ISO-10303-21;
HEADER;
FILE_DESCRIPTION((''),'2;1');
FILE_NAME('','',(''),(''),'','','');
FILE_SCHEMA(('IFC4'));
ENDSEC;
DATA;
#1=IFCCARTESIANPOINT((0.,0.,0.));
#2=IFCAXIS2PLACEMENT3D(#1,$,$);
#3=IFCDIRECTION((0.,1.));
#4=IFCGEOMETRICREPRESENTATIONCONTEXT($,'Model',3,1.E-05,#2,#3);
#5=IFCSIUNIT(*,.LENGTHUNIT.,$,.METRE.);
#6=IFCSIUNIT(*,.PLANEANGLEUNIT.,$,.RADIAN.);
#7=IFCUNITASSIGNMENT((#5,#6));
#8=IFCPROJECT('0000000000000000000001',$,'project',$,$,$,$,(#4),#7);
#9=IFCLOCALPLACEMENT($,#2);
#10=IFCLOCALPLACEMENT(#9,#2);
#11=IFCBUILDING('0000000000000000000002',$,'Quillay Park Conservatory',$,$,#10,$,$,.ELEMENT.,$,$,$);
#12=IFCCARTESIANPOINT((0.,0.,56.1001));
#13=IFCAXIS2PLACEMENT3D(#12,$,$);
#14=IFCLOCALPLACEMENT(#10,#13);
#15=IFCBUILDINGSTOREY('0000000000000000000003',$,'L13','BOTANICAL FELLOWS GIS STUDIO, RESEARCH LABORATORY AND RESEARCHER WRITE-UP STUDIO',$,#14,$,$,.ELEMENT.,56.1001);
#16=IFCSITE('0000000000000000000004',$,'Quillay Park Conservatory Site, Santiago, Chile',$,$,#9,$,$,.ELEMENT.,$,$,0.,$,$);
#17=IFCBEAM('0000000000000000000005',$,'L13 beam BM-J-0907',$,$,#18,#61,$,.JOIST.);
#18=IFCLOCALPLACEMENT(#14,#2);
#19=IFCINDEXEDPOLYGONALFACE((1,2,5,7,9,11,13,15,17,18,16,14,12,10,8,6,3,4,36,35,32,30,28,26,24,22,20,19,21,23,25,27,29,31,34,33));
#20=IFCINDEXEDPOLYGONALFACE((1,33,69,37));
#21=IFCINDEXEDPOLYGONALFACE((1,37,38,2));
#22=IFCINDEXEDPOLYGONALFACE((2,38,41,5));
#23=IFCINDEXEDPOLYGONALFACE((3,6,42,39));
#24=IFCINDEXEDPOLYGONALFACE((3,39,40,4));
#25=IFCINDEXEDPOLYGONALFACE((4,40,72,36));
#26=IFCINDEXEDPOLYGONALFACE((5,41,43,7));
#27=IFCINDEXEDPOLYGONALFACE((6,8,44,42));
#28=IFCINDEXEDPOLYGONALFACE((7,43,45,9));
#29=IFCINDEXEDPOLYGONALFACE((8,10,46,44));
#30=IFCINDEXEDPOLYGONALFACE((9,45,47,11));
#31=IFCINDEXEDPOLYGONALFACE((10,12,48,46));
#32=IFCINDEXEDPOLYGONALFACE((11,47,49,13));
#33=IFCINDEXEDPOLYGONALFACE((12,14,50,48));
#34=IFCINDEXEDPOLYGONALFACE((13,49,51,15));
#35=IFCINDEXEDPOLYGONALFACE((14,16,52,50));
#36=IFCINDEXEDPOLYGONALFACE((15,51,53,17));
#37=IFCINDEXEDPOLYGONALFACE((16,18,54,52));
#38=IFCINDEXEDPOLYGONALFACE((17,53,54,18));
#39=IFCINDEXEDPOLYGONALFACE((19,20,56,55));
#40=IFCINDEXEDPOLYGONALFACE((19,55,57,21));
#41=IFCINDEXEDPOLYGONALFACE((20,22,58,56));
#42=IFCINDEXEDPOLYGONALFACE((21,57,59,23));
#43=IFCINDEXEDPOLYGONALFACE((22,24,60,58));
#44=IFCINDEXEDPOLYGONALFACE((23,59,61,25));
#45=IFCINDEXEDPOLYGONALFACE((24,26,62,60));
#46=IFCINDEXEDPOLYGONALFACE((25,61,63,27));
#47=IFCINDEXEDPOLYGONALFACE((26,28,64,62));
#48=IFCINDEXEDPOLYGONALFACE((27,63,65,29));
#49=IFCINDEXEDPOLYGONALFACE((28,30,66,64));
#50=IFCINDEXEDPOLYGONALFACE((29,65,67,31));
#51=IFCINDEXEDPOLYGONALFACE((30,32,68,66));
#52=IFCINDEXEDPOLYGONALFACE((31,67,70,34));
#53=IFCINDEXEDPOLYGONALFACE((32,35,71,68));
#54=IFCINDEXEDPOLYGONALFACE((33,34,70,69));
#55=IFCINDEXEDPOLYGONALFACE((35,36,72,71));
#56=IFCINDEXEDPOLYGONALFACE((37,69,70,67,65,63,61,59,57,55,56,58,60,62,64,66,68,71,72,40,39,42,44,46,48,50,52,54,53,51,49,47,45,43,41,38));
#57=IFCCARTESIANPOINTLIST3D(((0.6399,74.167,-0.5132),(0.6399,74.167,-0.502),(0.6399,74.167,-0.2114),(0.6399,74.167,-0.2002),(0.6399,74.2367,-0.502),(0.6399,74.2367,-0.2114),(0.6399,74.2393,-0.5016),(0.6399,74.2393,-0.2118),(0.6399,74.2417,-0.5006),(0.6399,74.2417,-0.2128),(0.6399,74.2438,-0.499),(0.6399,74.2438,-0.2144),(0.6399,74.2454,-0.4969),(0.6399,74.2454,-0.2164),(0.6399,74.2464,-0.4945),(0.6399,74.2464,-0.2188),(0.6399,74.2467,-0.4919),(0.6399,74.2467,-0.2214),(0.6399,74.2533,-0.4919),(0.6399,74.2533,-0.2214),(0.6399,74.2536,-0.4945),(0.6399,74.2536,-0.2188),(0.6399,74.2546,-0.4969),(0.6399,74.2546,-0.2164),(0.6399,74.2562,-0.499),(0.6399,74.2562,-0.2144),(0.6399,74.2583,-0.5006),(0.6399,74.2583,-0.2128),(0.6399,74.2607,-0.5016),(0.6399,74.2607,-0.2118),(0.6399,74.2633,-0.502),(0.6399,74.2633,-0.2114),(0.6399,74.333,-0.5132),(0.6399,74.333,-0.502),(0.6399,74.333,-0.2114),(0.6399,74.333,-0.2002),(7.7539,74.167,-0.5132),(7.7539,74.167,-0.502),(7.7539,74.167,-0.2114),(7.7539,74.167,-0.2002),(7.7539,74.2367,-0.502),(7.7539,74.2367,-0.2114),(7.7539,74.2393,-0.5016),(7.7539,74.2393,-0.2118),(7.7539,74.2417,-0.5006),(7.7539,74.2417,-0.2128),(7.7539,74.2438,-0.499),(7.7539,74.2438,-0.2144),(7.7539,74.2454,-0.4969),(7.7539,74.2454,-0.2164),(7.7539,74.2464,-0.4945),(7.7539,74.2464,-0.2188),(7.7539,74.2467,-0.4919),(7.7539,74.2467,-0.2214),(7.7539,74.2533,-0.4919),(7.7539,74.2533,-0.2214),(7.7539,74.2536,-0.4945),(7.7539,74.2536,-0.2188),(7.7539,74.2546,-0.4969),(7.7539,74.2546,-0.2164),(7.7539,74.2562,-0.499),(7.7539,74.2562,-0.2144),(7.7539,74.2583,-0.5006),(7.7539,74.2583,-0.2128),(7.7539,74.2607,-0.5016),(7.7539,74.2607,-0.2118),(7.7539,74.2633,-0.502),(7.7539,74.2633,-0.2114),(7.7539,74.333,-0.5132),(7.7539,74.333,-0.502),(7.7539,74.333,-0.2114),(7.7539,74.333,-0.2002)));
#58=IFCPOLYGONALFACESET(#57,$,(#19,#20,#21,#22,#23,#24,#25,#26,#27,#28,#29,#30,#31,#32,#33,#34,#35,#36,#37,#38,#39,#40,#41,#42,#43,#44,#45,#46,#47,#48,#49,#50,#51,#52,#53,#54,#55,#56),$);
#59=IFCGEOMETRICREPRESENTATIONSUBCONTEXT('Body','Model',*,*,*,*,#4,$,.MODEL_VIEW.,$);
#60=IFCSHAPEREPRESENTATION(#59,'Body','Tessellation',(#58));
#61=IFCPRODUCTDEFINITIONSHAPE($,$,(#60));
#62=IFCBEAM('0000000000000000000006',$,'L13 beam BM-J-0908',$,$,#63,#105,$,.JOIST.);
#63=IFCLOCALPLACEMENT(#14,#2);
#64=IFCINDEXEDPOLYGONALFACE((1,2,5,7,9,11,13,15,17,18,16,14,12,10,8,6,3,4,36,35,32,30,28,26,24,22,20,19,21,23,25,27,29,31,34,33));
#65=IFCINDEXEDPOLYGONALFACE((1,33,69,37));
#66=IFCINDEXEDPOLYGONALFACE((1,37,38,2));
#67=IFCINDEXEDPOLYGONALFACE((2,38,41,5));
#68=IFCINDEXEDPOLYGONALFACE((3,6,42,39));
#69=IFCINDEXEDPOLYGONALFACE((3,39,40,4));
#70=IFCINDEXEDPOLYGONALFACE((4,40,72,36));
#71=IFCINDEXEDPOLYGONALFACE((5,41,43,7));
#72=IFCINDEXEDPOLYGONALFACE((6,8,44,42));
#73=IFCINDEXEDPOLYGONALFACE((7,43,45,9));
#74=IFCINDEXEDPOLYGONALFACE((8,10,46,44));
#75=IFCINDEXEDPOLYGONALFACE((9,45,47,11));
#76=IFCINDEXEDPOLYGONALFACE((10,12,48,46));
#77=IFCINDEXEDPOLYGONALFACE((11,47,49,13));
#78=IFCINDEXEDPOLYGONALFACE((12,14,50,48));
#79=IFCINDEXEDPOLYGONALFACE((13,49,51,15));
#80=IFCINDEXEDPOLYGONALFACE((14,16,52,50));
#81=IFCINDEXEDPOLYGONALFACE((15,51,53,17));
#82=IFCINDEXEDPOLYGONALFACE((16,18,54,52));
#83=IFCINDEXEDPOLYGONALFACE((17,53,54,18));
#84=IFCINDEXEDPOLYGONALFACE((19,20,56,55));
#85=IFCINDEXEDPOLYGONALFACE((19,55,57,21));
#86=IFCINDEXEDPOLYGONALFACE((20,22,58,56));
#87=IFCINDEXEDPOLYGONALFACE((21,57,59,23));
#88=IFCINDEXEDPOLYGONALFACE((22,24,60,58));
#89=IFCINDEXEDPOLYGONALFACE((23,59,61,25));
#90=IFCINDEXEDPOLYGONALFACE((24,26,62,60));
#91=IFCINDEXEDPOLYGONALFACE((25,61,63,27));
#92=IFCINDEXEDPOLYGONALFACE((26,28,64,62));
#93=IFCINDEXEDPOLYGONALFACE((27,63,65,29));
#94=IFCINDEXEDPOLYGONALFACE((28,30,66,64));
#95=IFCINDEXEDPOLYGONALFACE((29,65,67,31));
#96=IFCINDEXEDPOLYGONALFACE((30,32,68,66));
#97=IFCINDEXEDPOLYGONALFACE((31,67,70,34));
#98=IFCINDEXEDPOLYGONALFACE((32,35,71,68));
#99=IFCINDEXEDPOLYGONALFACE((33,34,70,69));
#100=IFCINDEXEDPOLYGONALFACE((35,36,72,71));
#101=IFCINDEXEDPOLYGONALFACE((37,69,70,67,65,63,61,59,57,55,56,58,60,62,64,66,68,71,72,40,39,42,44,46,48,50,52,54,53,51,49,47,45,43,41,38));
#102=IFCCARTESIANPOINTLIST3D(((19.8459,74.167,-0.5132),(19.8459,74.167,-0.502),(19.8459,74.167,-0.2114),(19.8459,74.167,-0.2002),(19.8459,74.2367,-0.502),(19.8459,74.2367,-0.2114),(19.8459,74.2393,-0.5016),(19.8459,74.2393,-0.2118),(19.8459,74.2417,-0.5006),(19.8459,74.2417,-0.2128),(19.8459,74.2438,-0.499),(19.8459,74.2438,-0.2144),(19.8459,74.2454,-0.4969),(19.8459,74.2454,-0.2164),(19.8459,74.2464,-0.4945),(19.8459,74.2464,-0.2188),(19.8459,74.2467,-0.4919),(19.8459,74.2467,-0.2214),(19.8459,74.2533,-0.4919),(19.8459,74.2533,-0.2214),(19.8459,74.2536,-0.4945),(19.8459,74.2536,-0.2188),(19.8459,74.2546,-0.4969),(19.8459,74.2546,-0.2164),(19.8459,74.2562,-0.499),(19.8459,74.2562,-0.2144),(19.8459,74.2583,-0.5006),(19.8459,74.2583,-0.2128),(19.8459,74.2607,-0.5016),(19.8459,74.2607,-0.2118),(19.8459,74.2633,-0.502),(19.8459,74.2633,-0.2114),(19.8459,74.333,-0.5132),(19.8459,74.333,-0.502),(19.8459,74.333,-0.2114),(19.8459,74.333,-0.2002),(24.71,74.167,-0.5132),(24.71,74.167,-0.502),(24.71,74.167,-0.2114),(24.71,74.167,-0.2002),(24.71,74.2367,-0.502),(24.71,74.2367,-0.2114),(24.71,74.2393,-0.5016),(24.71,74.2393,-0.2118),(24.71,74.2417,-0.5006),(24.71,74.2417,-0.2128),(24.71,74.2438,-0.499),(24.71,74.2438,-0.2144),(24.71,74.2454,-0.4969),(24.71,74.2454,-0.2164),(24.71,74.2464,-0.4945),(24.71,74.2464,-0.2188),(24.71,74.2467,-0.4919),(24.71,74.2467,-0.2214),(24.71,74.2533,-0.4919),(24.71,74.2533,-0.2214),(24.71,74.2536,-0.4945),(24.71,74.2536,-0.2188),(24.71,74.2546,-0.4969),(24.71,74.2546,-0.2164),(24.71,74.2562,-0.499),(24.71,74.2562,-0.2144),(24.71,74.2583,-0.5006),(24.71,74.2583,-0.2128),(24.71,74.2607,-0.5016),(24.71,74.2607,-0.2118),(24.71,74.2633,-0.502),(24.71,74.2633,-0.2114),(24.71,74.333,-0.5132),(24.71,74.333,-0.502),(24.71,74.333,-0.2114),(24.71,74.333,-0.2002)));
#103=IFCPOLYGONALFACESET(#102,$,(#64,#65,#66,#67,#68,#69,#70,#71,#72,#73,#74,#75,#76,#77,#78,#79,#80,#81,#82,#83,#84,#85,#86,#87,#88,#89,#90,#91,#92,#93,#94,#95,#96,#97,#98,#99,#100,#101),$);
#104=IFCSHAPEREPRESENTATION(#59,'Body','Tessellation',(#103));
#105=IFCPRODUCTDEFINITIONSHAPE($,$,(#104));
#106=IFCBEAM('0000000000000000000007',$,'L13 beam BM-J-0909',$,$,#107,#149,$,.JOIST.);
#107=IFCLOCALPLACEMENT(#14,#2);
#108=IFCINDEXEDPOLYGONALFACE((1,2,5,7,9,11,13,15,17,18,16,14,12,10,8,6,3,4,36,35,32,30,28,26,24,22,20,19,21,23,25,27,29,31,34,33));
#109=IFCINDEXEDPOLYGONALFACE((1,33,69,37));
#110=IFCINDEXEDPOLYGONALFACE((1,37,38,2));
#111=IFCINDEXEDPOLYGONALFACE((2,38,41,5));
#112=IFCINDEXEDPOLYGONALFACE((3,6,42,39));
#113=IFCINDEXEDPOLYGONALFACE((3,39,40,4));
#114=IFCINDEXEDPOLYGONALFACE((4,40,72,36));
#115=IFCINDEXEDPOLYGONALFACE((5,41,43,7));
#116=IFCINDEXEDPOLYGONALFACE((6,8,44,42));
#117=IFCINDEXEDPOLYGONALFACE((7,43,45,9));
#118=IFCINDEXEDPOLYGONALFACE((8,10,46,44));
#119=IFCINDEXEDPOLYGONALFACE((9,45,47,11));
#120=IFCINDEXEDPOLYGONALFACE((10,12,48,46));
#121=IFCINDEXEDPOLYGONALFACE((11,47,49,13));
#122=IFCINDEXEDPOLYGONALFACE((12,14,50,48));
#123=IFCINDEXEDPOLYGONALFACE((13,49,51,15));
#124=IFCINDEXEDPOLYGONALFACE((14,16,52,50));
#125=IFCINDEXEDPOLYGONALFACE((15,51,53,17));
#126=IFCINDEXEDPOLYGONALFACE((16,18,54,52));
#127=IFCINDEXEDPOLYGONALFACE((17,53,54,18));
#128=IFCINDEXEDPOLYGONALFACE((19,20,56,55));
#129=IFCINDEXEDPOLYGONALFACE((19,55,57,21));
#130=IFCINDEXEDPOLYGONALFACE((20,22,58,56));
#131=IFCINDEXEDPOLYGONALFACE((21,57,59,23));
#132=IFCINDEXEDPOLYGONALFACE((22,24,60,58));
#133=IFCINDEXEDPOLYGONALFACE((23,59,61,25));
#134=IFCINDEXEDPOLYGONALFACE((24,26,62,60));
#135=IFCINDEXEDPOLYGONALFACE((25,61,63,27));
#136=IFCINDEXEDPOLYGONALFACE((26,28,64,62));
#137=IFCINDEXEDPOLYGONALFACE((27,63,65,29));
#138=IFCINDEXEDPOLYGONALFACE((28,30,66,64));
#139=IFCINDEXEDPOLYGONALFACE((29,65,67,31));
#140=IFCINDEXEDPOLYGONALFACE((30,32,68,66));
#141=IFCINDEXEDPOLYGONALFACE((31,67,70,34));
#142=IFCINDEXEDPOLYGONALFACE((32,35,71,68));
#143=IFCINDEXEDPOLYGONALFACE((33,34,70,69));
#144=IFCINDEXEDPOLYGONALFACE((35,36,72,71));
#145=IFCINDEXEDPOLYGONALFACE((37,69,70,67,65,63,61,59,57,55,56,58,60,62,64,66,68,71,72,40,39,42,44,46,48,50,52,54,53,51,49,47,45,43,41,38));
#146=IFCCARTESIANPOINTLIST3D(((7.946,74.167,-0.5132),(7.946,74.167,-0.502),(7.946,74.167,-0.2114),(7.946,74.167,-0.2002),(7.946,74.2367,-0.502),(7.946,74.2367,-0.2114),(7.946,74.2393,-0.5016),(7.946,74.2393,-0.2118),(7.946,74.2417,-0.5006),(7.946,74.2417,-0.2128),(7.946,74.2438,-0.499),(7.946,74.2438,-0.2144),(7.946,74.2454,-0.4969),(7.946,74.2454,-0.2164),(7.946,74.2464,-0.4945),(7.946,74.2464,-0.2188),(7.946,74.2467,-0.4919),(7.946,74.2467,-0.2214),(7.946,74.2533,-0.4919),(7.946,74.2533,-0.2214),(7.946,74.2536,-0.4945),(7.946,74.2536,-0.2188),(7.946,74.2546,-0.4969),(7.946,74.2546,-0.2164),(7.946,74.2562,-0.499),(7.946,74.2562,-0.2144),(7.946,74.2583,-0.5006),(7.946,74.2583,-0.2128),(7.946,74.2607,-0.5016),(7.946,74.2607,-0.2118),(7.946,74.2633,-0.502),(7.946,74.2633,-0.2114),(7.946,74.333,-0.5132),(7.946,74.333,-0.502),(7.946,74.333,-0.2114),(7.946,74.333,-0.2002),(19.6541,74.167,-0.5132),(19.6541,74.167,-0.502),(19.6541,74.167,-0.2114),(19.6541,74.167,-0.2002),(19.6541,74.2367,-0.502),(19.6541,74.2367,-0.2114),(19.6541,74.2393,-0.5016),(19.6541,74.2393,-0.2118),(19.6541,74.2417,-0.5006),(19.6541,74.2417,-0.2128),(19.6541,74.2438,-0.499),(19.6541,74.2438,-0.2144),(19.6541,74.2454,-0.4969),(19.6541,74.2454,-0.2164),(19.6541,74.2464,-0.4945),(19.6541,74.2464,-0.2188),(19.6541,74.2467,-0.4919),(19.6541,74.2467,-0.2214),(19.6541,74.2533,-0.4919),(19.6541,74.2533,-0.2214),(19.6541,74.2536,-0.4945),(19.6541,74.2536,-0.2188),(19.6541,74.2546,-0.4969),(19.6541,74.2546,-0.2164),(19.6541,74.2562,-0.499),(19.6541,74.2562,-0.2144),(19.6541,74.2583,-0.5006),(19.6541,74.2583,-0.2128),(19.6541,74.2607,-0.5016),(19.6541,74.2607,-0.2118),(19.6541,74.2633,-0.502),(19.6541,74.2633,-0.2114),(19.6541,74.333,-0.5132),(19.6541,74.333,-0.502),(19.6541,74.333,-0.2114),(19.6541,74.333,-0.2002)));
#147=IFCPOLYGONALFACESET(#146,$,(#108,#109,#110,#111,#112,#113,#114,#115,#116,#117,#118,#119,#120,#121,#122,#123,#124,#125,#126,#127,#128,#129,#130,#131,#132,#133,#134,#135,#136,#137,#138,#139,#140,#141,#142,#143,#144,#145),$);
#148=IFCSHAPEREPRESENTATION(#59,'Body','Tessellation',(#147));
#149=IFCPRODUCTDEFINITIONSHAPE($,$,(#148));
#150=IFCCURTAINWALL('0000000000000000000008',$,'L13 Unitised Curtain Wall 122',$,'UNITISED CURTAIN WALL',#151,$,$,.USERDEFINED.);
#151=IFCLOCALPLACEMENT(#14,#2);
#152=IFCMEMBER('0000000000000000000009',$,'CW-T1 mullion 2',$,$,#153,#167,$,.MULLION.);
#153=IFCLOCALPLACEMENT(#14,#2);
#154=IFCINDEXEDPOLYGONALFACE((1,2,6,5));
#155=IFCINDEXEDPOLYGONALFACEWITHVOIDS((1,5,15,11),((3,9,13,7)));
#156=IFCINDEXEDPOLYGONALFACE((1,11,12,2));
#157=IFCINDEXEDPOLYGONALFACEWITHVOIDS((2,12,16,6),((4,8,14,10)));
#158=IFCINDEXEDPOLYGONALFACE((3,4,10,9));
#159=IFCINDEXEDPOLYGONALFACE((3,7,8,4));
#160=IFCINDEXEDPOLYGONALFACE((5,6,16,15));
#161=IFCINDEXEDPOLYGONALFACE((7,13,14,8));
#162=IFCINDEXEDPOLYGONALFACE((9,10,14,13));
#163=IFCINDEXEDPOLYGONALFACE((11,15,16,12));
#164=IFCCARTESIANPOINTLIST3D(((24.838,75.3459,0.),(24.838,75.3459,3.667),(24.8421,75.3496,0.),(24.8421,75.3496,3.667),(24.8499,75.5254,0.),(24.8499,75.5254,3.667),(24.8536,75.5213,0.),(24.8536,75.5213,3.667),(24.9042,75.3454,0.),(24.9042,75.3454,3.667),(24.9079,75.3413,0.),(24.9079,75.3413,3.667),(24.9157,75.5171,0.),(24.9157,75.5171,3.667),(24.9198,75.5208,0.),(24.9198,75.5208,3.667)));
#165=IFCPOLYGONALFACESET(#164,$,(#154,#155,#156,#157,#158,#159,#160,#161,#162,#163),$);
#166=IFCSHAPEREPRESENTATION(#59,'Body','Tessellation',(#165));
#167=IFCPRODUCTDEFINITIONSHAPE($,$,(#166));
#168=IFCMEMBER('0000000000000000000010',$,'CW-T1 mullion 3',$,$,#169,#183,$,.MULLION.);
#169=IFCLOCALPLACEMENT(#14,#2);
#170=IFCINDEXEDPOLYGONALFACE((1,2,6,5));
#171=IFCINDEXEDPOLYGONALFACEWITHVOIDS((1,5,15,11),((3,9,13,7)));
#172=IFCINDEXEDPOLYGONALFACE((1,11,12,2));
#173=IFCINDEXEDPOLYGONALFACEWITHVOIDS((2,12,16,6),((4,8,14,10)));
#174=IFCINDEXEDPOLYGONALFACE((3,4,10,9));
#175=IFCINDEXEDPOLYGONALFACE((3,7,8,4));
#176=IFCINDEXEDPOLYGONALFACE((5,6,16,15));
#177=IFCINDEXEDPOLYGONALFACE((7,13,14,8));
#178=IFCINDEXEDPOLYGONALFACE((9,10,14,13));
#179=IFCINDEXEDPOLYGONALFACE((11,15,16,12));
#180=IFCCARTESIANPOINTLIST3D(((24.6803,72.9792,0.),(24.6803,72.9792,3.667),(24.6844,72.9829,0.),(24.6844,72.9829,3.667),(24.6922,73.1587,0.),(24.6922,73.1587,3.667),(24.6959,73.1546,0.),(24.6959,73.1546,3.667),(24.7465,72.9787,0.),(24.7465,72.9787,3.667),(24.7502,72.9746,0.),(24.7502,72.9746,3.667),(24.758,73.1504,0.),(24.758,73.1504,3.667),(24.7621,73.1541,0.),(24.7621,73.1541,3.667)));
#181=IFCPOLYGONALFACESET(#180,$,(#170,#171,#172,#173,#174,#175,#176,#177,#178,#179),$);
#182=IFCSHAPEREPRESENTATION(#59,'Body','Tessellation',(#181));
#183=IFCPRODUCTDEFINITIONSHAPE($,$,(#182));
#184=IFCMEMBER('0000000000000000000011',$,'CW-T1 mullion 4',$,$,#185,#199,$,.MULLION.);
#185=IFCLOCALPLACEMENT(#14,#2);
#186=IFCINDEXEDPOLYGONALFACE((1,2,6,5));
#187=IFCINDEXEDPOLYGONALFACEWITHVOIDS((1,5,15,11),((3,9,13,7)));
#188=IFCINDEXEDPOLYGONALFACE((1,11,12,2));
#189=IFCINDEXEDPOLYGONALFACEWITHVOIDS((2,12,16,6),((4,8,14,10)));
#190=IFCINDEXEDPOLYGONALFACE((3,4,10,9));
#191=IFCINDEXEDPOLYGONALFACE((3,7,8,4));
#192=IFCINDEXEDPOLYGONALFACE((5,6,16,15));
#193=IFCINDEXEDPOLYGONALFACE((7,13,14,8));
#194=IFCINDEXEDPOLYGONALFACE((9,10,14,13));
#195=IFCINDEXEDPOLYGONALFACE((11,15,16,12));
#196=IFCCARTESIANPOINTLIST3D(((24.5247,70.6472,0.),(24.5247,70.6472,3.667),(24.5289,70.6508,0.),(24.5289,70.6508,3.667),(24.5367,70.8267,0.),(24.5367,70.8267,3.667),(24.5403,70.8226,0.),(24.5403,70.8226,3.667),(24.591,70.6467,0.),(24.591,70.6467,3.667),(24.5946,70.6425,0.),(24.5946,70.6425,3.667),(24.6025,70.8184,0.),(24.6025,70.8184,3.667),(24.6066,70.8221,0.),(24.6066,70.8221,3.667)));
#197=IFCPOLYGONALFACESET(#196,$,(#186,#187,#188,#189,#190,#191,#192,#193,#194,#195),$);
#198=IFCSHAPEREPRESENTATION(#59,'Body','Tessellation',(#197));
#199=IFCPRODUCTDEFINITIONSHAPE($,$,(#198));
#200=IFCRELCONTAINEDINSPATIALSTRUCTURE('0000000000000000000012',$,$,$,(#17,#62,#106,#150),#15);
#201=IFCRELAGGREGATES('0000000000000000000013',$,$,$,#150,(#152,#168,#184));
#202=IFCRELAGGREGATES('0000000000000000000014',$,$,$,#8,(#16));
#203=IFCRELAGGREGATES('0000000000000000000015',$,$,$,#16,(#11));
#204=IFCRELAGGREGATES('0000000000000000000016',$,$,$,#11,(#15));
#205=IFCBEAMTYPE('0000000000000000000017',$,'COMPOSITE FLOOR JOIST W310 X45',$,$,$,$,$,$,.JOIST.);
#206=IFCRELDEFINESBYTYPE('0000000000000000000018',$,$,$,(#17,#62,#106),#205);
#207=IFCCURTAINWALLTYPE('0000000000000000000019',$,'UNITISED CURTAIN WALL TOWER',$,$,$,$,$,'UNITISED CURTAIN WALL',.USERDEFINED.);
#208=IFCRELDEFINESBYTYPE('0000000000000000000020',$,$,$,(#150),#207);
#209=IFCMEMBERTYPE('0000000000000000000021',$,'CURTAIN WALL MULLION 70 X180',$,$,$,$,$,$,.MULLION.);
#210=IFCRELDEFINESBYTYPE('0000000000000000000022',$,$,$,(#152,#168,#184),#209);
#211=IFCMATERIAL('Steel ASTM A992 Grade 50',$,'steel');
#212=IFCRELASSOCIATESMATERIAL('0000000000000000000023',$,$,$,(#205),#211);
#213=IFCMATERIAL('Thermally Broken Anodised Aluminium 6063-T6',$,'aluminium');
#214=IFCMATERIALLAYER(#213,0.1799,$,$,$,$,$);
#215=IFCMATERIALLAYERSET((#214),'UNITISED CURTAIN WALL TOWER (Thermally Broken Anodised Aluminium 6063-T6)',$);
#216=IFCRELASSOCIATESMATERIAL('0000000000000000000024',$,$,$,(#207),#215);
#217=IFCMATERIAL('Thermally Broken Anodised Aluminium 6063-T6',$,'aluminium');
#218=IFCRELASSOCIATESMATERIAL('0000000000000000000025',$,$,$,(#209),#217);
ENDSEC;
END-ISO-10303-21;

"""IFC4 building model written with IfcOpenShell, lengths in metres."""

from ifc_helpers import new_model, si_unit, direction, frame, origin, origin_2d, place, context, subcontext, project, spatial, hollow_rectangle, i_section, extrude, material, layer, layer_set, material_profile, profile_set, type_object, element, aggregate, save


model = new_model("IFC4")

# Units and contexts
model_context = context("Model", 3, precision=1e-05, world=origin(), true_north=direction((0.0, 1.0)))
body_context = subcontext(model_context, "Body", "Model", "MODEL_VIEW")
ifc_project = project(units=[si_unit("LENGTHUNIT", "METRE"), si_unit("PLANEANGLEUNIT", "RADIAN")], contexts=[model_context])

# Site, building, storey
site_placement = place(None, origin())
site = spatial("IfcSite", under=ifc_project, at=site_placement, Name="Quillay Park Conservatory Site, Santiago, Chile", CompositionType="ELEMENT", RefElevation=0.0)
building_placement = place(site_placement, origin())
building = spatial("IfcBuilding", under=site, at=building_placement, Name="Quillay Park Conservatory", CompositionType="ELEMENT")
storey_placement = place(building_placement, frame((0.0, 0.0, 56.1001)))
storey = spatial("IfcBuildingStorey", under=building, at=storey_placement, Name="L13", Description="BOTANICAL FELLOWS GIS STUDIO, RESEARCH LABORATORY AND RESEARCHER WRITE-UP STUDIO", CompositionType="ELEMENT", Elevation=56.1001)

# Beams
ifc_material_1 = material(Name="Steel ASTM A992 Grade 50", Category="steel")
ifc_material_profile_1 = material_profile(ifc_material_1, i_section(OverallWidth=0.166, OverallDepth=0.313, WebThickness=0.0066, FlangeThickness=0.0112, FilletRadius=0.01, at=origin_2d()), Name="W310x45")
ifc_profile_set_1 = profile_set([ifc_material_profile_1], Name="Steel ASTM A992 Grade 50")
beam_type_1 = type_object("IfcBeamType", Name="COMPOSITE FLOOR JOIST W310 X45", PredefinedType="JOIST", material=ifc_profile_set_1)
beam_1_placement = place(storey_placement, frame((0.6399, 74.25, -0.3567), z_axis=(1.0, 0.0, 0.0), x_axis=(0.0, 1.0, 0.0)))
element("IfcBeam", 1, at=beam_1_placement, inside=storey, type_object=beam_type_1, Name="L13 beam BM-J-0907", PredefinedType="JOIST", context=body_context, shape_type="SweptSolid", body=[
    extrude(i_section(OverallWidth=0.166, OverallDepth=0.313, WebThickness=0.0066, FlangeThickness=0.0112, FilletRadius=0.01, at=origin_2d()), origin(), (0.0, 0.0, 1.0), 7.114),
])
beam_2_placement = place(storey_placement, frame((19.8459, 74.25, -0.3567), z_axis=(1.0, 0.0, 0.0), x_axis=(0.0, 1.0, 0.0)))
element("IfcBeam", 2, at=beam_2_placement, inside=storey, type_object=beam_type_1, Name="L13 beam BM-J-0908", PredefinedType="JOIST", context=body_context, shape_type="SweptSolid", body=[
    extrude(i_section(OverallWidth=0.166, OverallDepth=0.313, WebThickness=0.0066, FlangeThickness=0.0112, FilletRadius=0.01, at=origin_2d()), origin(), (0.0, 0.0, 1.0), 4.864),
])
beam_3_placement = place(storey_placement, frame((7.946, 74.25, -0.3567), z_axis=(1.0, 0.0, 0.0), x_axis=(0.0, 1.0, 0.0)))
element("IfcBeam", 3, at=beam_3_placement, inside=storey, type_object=beam_type_1, Name="L13 beam BM-J-0909", PredefinedType="JOIST", context=body_context, shape_type="SweptSolid", body=[
    extrude(i_section(OverallWidth=0.166, OverallDepth=0.313, WebThickness=0.0066, FlangeThickness=0.0112, FilletRadius=0.01, at=origin_2d()), origin(), (0.0, 0.0, 1.0), 11.708),
])

# Curtain wall, members
ifc_material_2 = material(Name="Thermally Broken Anodised Aluminium 6063-T6", Category="aluminium")
ifc_layer_1 = layer(ifc_material_2, 0.1799)
ifc_layer_set_1 = layer_set([ifc_layer_1], Name="UNITISED CURTAIN WALL TOWER (Thermally Broken Anodised Aluminium 6063-T6)")
curtain_wall_type = type_object("IfcCurtainWallType", Name="UNITISED CURTAIN WALL TOWER", ElementType="UNITISED CURTAIN WALL", PredefinedType="USERDEFINED", material=ifc_layer_set_1)
curtain_wall_placement = place(storey_placement, origin())
curtain_wall = element("IfcCurtainWall", 4, at=curtain_wall_placement, inside=storey, type_object=curtain_wall_type, Name="L13 Unitised Curtain Wall 122", ObjectType="UNITISED CURTAIN WALL", PredefinedType="USERDEFINED")
ifc_material_3 = material(Name="Thermally Broken Anodised Aluminium 6063-T6", Category="aluminium")
ifc_material_profile_2 = material_profile(ifc_material_3, hollow_rectangle(XDim=0.0701, YDim=0.1799, WallThickness=0.0039, at=origin_2d()), Name="AL70x180x4")
ifc_profile_set_2 = profile_set([ifc_material_profile_2], Name="Thermally Broken Anodised Aluminium 6063-T6")
member_type_1 = type_object("IfcMemberType", Name="CURTAIN WALL MULLION 70 X180", PredefinedType="MULLION", material=ifc_profile_set_2)
member_1_placement = place(storey_placement, frame((24.8789, 75.4333, 0.0), z_axis=(0.0, 0.0, 1.0), x_axis=(0.997785, -0.066521, 0.0)))
member_1 = element("IfcMember", 5, at=member_1_placement, type_object=member_type_1, Name="CW-T1 mullion 2", PredefinedType="MULLION", context=body_context, shape_type="SweptSolid", body=[
    extrude(hollow_rectangle(XDim=0.0701, YDim=0.1799, WallThickness=0.0039, at=origin_2d()), origin(), (0.0, 0.0, 1.0), 3.667),
])
member_2_placement = place(storey_placement, frame((24.7212, 73.0667, 0.0), z_axis=(0.0, 0.0, 1.0), x_axis=(0.997785, -0.066521, 0.0)))
member_2 = element("IfcMember", 6, at=member_2_placement, type_object=member_type_1, Name="CW-T1 mullion 3", PredefinedType="MULLION", context=body_context, shape_type="SweptSolid", body=[
    extrude(hollow_rectangle(XDim=0.0701, YDim=0.1799, WallThickness=0.0039, at=origin_2d()), origin(), (0.0, 0.0, 1.0), 3.667),
])
member_3_placement = place(storey_placement, frame((24.5657, 70.7346, 0.0), z_axis=(0.0, 0.0, 1.0), x_axis=(0.997785, -0.066521, 0.0)))
member_3 = element("IfcMember", 7, at=member_3_placement, type_object=member_type_1, Name="CW-T1 mullion 4", PredefinedType="MULLION", context=body_context, shape_type="SweptSolid", body=[
    extrude(hollow_rectangle(XDim=0.0701, YDim=0.1799, WallThickness=0.0039, at=origin_2d()), origin(), (0.0, 0.0, 1.0), 3.667),
])

aggregate(curtain_wall, [member_1, member_2, member_3])

save(model, "model.ifc")
